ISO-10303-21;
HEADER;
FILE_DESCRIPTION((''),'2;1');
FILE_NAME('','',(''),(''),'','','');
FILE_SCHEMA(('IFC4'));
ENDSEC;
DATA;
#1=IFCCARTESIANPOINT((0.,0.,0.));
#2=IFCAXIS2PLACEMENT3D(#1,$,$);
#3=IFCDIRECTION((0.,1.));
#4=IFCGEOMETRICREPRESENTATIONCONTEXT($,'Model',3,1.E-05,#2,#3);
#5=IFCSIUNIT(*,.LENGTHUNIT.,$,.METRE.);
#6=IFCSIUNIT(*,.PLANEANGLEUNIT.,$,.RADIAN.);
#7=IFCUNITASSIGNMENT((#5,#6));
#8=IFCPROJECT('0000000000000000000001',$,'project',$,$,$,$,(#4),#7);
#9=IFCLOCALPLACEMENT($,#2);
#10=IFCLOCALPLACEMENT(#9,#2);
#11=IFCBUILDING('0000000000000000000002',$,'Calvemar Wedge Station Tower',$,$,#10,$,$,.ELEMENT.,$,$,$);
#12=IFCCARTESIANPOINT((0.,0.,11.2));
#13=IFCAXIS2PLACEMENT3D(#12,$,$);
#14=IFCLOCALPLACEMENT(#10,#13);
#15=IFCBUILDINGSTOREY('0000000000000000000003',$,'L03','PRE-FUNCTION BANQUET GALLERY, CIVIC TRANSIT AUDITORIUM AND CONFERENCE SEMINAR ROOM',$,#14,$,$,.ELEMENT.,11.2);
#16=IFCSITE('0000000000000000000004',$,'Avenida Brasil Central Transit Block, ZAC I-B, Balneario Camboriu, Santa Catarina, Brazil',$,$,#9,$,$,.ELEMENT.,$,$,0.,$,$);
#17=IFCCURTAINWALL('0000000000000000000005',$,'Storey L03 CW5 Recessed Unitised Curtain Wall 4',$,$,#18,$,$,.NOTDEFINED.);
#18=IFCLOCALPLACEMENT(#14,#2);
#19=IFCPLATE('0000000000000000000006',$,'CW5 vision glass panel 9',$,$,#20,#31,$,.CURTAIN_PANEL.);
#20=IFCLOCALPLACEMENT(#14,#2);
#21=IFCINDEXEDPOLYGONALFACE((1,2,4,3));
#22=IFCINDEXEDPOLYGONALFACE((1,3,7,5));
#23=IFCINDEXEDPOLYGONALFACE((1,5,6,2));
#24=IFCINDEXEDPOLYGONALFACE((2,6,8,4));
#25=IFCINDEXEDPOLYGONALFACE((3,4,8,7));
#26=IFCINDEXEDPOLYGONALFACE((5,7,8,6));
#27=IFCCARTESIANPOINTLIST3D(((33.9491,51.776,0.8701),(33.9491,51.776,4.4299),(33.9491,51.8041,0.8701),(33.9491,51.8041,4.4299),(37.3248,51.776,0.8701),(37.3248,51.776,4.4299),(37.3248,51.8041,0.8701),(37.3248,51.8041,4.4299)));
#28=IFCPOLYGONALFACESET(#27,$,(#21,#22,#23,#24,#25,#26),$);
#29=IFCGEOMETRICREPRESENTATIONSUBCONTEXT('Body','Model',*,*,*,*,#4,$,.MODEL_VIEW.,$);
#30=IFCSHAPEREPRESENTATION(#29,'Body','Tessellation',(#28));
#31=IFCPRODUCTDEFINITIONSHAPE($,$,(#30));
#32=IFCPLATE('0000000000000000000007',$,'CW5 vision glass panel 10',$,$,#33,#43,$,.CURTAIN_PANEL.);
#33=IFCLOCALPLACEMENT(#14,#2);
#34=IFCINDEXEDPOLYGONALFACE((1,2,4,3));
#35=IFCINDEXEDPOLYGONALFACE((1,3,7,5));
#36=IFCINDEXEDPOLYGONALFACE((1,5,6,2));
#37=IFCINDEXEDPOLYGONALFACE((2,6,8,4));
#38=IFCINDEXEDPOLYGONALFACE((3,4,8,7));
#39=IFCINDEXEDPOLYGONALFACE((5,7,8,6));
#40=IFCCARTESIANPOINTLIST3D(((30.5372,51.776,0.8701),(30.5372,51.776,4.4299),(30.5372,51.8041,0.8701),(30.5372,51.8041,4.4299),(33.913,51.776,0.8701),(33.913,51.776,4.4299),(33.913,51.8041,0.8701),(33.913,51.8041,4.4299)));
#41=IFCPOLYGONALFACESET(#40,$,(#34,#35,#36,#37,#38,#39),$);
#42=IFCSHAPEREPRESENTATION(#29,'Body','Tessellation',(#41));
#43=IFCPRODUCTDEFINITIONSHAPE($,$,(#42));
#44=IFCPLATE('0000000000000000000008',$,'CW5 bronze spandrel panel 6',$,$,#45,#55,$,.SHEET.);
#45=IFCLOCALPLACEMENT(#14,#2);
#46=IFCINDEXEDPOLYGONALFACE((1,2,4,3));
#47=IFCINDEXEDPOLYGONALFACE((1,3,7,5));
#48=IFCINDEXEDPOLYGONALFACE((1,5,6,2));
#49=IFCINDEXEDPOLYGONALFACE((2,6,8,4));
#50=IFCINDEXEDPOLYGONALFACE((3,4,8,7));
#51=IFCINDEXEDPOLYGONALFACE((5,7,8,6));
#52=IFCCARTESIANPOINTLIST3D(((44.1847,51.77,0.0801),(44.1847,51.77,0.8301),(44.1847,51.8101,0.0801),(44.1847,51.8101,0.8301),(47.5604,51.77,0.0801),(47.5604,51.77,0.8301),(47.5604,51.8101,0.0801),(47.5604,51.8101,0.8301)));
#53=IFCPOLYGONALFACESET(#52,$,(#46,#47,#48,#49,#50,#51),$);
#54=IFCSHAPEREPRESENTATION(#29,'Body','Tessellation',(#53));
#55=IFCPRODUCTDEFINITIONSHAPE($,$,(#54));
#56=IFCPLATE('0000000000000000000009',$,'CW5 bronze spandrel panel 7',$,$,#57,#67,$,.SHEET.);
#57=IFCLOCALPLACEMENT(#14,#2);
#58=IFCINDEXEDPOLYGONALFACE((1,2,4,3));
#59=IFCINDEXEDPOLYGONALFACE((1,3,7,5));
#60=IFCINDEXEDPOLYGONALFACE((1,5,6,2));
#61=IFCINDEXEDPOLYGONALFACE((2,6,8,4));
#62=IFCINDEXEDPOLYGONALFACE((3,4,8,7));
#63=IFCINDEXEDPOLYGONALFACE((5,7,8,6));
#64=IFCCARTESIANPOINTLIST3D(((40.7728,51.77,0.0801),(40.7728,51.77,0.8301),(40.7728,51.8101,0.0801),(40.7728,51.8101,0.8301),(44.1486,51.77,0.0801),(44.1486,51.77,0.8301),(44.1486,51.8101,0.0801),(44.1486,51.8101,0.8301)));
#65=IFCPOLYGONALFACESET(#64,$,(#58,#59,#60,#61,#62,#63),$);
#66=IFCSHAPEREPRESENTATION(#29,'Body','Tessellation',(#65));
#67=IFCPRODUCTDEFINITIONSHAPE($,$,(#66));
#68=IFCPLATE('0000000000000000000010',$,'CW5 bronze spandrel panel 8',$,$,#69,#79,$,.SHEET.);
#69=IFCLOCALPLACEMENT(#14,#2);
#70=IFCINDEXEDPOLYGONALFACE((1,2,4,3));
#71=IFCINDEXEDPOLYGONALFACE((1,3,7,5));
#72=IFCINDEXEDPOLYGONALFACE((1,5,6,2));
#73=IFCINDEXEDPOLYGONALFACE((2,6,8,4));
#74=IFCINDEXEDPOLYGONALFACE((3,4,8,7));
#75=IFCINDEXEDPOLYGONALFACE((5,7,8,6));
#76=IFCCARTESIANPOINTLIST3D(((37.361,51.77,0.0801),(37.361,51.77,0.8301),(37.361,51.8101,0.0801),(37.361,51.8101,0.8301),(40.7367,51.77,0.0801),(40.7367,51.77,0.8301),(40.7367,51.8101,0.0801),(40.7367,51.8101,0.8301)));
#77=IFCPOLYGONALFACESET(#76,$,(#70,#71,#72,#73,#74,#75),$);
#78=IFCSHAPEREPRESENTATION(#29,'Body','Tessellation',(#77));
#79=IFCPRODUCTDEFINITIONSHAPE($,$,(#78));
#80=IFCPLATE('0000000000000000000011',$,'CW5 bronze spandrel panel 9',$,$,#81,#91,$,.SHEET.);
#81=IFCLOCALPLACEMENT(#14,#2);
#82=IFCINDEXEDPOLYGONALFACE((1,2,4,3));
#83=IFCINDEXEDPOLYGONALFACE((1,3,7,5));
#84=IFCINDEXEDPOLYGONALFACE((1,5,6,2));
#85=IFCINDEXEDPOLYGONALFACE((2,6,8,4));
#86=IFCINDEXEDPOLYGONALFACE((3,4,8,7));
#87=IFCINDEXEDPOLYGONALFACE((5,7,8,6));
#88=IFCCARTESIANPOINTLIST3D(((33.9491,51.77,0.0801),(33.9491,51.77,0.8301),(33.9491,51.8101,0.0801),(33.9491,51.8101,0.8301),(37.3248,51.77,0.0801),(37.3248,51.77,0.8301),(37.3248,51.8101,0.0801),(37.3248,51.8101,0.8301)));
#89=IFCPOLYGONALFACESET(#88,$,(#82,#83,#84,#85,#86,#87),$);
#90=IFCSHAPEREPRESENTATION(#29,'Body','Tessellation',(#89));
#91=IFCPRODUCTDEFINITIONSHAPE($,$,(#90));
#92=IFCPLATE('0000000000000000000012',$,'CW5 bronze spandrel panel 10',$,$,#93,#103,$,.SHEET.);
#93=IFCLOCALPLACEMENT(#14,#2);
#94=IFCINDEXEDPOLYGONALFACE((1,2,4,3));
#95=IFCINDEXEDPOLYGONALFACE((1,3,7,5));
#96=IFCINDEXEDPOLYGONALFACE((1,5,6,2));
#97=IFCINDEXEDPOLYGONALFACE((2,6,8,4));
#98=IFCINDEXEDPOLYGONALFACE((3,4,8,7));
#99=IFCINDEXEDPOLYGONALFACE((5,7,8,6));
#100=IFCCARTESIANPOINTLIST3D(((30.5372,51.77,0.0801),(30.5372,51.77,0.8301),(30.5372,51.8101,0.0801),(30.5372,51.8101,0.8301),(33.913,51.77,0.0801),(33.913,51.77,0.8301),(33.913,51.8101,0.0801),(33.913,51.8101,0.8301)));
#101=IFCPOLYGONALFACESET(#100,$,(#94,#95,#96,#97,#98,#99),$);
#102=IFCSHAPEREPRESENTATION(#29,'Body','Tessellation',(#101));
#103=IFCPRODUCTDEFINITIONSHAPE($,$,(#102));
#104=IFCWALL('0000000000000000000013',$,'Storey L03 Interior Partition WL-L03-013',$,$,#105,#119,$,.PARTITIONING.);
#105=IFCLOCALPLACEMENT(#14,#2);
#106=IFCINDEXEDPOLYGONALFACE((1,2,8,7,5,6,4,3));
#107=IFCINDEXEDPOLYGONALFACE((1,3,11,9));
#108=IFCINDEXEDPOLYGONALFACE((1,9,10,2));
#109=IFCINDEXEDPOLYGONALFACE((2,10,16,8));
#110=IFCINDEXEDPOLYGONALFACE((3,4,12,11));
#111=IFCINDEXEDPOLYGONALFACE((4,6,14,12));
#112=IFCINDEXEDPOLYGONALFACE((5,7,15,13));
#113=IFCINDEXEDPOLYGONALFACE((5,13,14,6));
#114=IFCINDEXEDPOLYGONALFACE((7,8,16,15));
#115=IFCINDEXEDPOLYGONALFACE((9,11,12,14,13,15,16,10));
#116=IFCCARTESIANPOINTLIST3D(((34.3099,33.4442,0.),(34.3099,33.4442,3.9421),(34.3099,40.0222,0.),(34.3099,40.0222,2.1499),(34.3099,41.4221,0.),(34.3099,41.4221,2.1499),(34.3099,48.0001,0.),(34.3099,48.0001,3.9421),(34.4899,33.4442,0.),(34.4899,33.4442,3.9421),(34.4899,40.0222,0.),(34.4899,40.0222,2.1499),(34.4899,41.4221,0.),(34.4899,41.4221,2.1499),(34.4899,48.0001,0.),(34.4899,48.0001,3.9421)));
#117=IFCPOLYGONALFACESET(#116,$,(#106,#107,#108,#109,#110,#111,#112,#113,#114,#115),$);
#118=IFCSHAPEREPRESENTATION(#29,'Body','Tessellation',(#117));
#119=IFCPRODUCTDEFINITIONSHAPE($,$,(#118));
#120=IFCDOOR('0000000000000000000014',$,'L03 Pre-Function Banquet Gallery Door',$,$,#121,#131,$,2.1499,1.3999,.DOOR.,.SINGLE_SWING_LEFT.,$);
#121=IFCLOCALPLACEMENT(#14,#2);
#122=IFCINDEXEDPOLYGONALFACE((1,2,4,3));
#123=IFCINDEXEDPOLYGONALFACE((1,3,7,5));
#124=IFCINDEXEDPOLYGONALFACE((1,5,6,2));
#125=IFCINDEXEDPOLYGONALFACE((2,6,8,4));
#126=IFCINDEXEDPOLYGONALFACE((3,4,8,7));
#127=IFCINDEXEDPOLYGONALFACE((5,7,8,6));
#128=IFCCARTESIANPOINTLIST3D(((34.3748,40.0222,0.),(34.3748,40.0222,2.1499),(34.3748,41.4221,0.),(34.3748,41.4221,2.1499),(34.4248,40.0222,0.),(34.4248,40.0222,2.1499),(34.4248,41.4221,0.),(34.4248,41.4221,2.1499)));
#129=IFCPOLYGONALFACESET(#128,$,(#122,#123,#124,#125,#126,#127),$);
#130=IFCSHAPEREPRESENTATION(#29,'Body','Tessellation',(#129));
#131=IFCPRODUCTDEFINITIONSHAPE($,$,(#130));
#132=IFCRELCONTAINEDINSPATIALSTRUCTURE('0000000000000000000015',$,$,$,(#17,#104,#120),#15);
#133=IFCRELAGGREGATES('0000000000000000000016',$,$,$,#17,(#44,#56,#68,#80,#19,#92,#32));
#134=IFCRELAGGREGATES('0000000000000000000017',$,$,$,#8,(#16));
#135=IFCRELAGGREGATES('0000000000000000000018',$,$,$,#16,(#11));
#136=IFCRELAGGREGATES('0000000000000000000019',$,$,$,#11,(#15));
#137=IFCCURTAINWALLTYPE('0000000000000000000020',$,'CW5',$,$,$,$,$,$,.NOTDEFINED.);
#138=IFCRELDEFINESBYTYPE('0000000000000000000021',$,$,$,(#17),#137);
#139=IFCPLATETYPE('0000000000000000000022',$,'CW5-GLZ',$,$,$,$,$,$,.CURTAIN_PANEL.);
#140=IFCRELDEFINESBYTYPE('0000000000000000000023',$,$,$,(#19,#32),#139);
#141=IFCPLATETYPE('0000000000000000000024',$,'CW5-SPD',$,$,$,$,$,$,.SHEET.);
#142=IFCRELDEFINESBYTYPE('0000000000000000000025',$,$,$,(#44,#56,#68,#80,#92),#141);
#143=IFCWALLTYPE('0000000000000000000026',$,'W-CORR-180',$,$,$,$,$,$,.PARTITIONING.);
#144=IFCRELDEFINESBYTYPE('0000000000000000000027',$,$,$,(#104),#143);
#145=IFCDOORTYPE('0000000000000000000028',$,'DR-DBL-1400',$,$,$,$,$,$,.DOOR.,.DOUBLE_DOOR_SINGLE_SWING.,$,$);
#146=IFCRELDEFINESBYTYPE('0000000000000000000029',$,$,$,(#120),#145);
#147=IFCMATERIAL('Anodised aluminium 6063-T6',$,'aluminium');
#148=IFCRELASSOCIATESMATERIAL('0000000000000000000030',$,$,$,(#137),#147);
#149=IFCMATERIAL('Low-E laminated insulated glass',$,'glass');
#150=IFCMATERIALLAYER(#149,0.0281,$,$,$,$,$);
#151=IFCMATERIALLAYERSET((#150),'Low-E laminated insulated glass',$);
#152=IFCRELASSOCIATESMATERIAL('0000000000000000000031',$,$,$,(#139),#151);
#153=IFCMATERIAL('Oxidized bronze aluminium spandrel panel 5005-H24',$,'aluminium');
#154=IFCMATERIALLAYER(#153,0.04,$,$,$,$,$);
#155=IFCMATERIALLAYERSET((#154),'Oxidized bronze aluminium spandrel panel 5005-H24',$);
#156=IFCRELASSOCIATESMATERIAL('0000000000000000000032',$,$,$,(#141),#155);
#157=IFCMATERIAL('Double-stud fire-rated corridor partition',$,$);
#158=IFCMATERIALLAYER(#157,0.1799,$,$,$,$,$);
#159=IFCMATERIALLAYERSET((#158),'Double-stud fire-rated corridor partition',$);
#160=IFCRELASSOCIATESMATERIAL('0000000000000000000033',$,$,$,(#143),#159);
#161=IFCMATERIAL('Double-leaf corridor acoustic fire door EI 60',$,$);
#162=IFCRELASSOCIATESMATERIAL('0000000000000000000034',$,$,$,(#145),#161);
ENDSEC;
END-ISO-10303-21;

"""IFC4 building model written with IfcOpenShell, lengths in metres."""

from ifc_helpers import new_model, si_unit, direction, frame, frame_2d, origin, place, context, subcontext, project, spatial, rectangle, extrude, source, transform, mapped, material, layer, layer_set, type_object, element, fill, aggregate, save


model = new_model("IFC4")

# Units and contexts
model_context = context("Model", 3, precision=1e-05, world=origin(), true_north=direction((0.0, 1.0)))
body_context = subcontext(model_context, "Body", "Model", "MODEL_VIEW")
ifc_project = project(units=[si_unit("LENGTHUNIT", "METRE"), si_unit("PLANEANGLEUNIT", "RADIAN")], contexts=[model_context])

# Site, building, storey
site_placement = place(None, origin())
site = spatial("IfcSite", under=ifc_project, at=site_placement, Name="Avenida Brasil Central Transit Block, ZAC I-B, Balneario Camboriu, Santa Catarina, Brazil", CompositionType="ELEMENT", RefElevation=0.0)
building_placement = place(site_placement, origin())
building = spatial("IfcBuilding", under=site, at=building_placement, Name="Calvemar Wedge Station Tower", CompositionType="ELEMENT")
storey_placement = place(building_placement, frame((0.0, 0.0, 11.2)))
storey = spatial("IfcBuildingStorey", under=building, at=storey_placement, Name="L03", Description="PRE-FUNCTION BANQUET GALLERY, CIVIC TRANSIT AUDITORIUM AND CONFERENCE SEMINAR ROOM", CompositionType="ELEMENT", Elevation=11.2)

# Curtain wall, plates
ifc_material_1 = material(Name="Anodised aluminium 6063-T6", Category="aluminium")
curtain_wall_type = type_object("IfcCurtainWallType", Name="CW5", PredefinedType="NOTDEFINED", material=ifc_material_1)
curtain_wall_placement = place(storey_placement, origin())
curtain_wall = element("IfcCurtainWall", 1, at=curtain_wall_placement, inside=storey, type_object=curtain_wall_type, Name="Storey L03 CW5 Recessed Unitised Curtain Wall 4", PredefinedType="NOTDEFINED")
ifc_material_2 = material(Name="Low-E laminated insulated glass", Category="glass")
ifc_layer_1 = layer(ifc_material_2, 0.0281)
ifc_layer_set_1 = layer_set([ifc_layer_1], Name="Low-E laminated insulated glass")
plate_type_1 = type_object("IfcPlateType", Name="CW5-GLZ", PredefinedType="CURTAIN_PANEL", material=ifc_layer_set_1)
plate_1_placement = place(storey_placement, frame((37.325, 51.79, 0.8701), z_axis=(0.0, 0.0, 1.0), x_axis=(-1.0, 0.0, 0.0)))
plate_1 = element("IfcPlate", 2, at=plate_1_placement, type_object=plate_type_1, Name="CW5 vision glass panel 9", PredefinedType="CURTAIN_PANEL", context=body_context, shape_type="SweptSolid", body=[
    extrude(rectangle(XDim=3.3757, YDim=0.0281, at=frame_2d((1.688, 0.0))), origin(), (0.0, 0.0, 1.0), 3.5598),
])
plate_2_placement = place(storey_placement, frame((33.9131, 51.79, 0.8701), z_axis=(0.0, 0.0, 1.0), x_axis=(-1.0, 0.0, 0.0)))
plate_2 = element("IfcPlate", 3, at=plate_2_placement, type_object=plate_type_1, Name="CW5 vision glass panel 10", PredefinedType="CURTAIN_PANEL", context=body_context, shape_type="SweptSolid", body=[
    extrude(rectangle(XDim=3.3757, YDim=0.0281, at=frame_2d((1.688, 0.0))), origin(), (0.0, 0.0, 1.0), 3.5598),
])
ifc_material_3 = material(Name="Oxidized bronze aluminium spandrel panel 5005-H24", Category="aluminium")
ifc_layer_2 = layer(ifc_material_3, 0.04)
ifc_layer_set_2 = layer_set([ifc_layer_2], Name="Oxidized bronze aluminium spandrel panel 5005-H24")
plate_type_2 = type_object("IfcPlateType", Name="CW5-SPD", PredefinedType="SHEET", material=ifc_layer_set_2)
plate_3_placement = place(storey_placement, frame((47.5605, 51.79, 0.0801), z_axis=(0.0, 0.0, 1.0), x_axis=(-1.0, 0.0, 0.0)))
plate_3 = element("IfcPlate", 4, at=plate_3_placement, type_object=plate_type_2, Name="CW5 bronze spandrel panel 6", PredefinedType="SHEET", context=body_context, shape_type="SweptSolid", body=[
    extrude(rectangle(XDim=3.3757, YDim=0.04, at=frame_2d((1.688, 0.0))), origin(), (0.0, 0.0, 1.0), 0.75),
])
plate_4_placement = place(storey_placement, frame((44.1487, 51.79, 0.0801), z_axis=(0.0, 0.0, 1.0), x_axis=(-1.0, 0.0, 0.0)))
plate_4 = element("IfcPlate", 5, at=plate_4_placement, type_object=plate_type_2, Name="CW5 bronze spandrel panel 7", PredefinedType="SHEET", context=body_context, shape_type="SweptSolid", body=[
    extrude(rectangle(XDim=3.3757, YDim=0.04, at=frame_2d((1.688, 0.0))), origin(), (0.0, 0.0, 1.0), 0.75),
])
plate_5_placement = place(storey_placement, frame((40.7368, 51.79, 0.0801), z_axis=(0.0, 0.0, 1.0), x_axis=(-1.0, 0.0, 0.0)))
plate_5 = element("IfcPlate", 6, at=plate_5_placement, type_object=plate_type_2, Name="CW5 bronze spandrel panel 8", PredefinedType="SHEET", context=body_context, shape_type="SweptSolid", body=[
    extrude(rectangle(XDim=3.3757, YDim=0.04, at=frame_2d((1.688, 0.0))), origin(), (0.0, 0.0, 1.0), 0.75),
])
plate_6_placement = place(storey_placement, frame((37.325, 51.79, 0.0801), z_axis=(0.0, 0.0, 1.0), x_axis=(-1.0, 0.0, 0.0)))
plate_6 = element("IfcPlate", 7, at=plate_6_placement, type_object=plate_type_2, Name="CW5 bronze spandrel panel 9", PredefinedType="SHEET", context=body_context, shape_type="SweptSolid", body=[
    extrude(rectangle(XDim=3.3757, YDim=0.04, at=frame_2d((1.688, 0.0))), origin(), (0.0, 0.0, 1.0), 0.75),
])
plate_7_placement = place(storey_placement, frame((33.9131, 51.79, 0.0801), z_axis=(0.0, 0.0, 1.0), x_axis=(-1.0, 0.0, 0.0)))
plate_7 = element("IfcPlate", 8, at=plate_7_placement, type_object=plate_type_2, Name="CW5 bronze spandrel panel 10", PredefinedType="SHEET", context=body_context, shape_type="SweptSolid", body=[
    extrude(rectangle(XDim=3.3757, YDim=0.04, at=frame_2d((1.688, 0.0))), origin(), (0.0, 0.0, 1.0), 0.75),
])
aggregate(curtain_wall, [plate_3, plate_4, plate_5, plate_6, plate_1, plate_7, plate_2])

# Wall, opening, door
ifc_material_4 = material(Name="Double-stud fire-rated corridor partition")
ifc_layer_3 = layer(ifc_material_4, 0.1799)
ifc_layer_set_3 = layer_set([ifc_layer_3], Name="Double-stud fire-rated corridor partition")
wall_type_1 = type_object("IfcWallType", Name="W-CORR-180", PredefinedType="PARTITIONING", material=ifc_layer_set_3)
wall_1_placement = place(storey_placement, frame((34.3999, 48.0, 0.0), z_axis=(0.0, 0.0, 1.0), x_axis=(0.0, -1.0, 0.0)))
wall_1 = element("IfcWall", 9, at=wall_1_placement, inside=storey, type_object=wall_type_1, Name="Storey L03 Interior Partition WL-L03-013", PredefinedType="PARTITIONING", context=body_context, shape_type="SweptSolid", body=[
    extrude(rectangle(XDim=14.5559, YDim=0.1799, at=frame_2d((7.2778, 0.0))), origin(), (0.0, 0.0, 1.0), 3.9421),
])
shared_shape_1 = source(origin(), body_context, "Body", "SweptSolid", [
    extrude(rectangle(XDim=1.3999, YDim=2.1499, at=frame_2d((0.7, 1.075))), frame((0.0, 0.1001, 0.0), z_axis=(0.0, -1.0, 0.0), x_axis=(1.0, 0.0, 0.0)), (0.0, 0.0, 1.0), 0.2),
])
opening_1_placement = place(wall_1_placement, frame((6.5779, 0.0, 0.0)))
opening_1 = element("IfcOpeningElement", 10, at=opening_1_placement, cuts=wall_1, PredefinedType="OPENING", context=body_context, shape_type="MappedRepresentation", body=[
    mapped(shared_shape_1, transform((0.0, 0.0, 0.0), scale=1.0)),
])
ifc_material_5 = material(Name="Double-leaf corridor acoustic fire door EI 60")
door_type_1 = type_object("IfcDoorType", Name="DR-DBL-1400", OperationType="DOUBLE_DOOR_SINGLE_SWING", PredefinedType="DOOR", material=ifc_material_5)
shared_shape_2 = source(origin(), body_context, "Body", "SweptSolid", [
    extrude(rectangle(XDim=1.3999, YDim=2.1499, at=frame_2d((0.7, 1.075))), frame((0.0, 0.0249, 0.0), z_axis=(0.0, -1.0, 0.0), x_axis=(1.0, 0.0, 0.0)), (0.0, 0.0, 1.0), 0.05),
])
door_1_placement = place(opening_1_placement, origin())
door_1 = element("IfcDoor", 11, at=door_1_placement, inside=storey, type_object=door_type_1, Name="L03 Pre-Function Banquet Gallery Door", OperationType="SINGLE_SWING_LEFT", OverallHeight=2.1499, OverallWidth=1.3999, PredefinedType="DOOR", context=body_context, shape_type="MappedRepresentation", body=[
    mapped(shared_shape_2, transform((0.0, 0.0, 0.0), scale=1.0)),
])
fill(opening_1, door_1)

save(model, "model.ifc")
